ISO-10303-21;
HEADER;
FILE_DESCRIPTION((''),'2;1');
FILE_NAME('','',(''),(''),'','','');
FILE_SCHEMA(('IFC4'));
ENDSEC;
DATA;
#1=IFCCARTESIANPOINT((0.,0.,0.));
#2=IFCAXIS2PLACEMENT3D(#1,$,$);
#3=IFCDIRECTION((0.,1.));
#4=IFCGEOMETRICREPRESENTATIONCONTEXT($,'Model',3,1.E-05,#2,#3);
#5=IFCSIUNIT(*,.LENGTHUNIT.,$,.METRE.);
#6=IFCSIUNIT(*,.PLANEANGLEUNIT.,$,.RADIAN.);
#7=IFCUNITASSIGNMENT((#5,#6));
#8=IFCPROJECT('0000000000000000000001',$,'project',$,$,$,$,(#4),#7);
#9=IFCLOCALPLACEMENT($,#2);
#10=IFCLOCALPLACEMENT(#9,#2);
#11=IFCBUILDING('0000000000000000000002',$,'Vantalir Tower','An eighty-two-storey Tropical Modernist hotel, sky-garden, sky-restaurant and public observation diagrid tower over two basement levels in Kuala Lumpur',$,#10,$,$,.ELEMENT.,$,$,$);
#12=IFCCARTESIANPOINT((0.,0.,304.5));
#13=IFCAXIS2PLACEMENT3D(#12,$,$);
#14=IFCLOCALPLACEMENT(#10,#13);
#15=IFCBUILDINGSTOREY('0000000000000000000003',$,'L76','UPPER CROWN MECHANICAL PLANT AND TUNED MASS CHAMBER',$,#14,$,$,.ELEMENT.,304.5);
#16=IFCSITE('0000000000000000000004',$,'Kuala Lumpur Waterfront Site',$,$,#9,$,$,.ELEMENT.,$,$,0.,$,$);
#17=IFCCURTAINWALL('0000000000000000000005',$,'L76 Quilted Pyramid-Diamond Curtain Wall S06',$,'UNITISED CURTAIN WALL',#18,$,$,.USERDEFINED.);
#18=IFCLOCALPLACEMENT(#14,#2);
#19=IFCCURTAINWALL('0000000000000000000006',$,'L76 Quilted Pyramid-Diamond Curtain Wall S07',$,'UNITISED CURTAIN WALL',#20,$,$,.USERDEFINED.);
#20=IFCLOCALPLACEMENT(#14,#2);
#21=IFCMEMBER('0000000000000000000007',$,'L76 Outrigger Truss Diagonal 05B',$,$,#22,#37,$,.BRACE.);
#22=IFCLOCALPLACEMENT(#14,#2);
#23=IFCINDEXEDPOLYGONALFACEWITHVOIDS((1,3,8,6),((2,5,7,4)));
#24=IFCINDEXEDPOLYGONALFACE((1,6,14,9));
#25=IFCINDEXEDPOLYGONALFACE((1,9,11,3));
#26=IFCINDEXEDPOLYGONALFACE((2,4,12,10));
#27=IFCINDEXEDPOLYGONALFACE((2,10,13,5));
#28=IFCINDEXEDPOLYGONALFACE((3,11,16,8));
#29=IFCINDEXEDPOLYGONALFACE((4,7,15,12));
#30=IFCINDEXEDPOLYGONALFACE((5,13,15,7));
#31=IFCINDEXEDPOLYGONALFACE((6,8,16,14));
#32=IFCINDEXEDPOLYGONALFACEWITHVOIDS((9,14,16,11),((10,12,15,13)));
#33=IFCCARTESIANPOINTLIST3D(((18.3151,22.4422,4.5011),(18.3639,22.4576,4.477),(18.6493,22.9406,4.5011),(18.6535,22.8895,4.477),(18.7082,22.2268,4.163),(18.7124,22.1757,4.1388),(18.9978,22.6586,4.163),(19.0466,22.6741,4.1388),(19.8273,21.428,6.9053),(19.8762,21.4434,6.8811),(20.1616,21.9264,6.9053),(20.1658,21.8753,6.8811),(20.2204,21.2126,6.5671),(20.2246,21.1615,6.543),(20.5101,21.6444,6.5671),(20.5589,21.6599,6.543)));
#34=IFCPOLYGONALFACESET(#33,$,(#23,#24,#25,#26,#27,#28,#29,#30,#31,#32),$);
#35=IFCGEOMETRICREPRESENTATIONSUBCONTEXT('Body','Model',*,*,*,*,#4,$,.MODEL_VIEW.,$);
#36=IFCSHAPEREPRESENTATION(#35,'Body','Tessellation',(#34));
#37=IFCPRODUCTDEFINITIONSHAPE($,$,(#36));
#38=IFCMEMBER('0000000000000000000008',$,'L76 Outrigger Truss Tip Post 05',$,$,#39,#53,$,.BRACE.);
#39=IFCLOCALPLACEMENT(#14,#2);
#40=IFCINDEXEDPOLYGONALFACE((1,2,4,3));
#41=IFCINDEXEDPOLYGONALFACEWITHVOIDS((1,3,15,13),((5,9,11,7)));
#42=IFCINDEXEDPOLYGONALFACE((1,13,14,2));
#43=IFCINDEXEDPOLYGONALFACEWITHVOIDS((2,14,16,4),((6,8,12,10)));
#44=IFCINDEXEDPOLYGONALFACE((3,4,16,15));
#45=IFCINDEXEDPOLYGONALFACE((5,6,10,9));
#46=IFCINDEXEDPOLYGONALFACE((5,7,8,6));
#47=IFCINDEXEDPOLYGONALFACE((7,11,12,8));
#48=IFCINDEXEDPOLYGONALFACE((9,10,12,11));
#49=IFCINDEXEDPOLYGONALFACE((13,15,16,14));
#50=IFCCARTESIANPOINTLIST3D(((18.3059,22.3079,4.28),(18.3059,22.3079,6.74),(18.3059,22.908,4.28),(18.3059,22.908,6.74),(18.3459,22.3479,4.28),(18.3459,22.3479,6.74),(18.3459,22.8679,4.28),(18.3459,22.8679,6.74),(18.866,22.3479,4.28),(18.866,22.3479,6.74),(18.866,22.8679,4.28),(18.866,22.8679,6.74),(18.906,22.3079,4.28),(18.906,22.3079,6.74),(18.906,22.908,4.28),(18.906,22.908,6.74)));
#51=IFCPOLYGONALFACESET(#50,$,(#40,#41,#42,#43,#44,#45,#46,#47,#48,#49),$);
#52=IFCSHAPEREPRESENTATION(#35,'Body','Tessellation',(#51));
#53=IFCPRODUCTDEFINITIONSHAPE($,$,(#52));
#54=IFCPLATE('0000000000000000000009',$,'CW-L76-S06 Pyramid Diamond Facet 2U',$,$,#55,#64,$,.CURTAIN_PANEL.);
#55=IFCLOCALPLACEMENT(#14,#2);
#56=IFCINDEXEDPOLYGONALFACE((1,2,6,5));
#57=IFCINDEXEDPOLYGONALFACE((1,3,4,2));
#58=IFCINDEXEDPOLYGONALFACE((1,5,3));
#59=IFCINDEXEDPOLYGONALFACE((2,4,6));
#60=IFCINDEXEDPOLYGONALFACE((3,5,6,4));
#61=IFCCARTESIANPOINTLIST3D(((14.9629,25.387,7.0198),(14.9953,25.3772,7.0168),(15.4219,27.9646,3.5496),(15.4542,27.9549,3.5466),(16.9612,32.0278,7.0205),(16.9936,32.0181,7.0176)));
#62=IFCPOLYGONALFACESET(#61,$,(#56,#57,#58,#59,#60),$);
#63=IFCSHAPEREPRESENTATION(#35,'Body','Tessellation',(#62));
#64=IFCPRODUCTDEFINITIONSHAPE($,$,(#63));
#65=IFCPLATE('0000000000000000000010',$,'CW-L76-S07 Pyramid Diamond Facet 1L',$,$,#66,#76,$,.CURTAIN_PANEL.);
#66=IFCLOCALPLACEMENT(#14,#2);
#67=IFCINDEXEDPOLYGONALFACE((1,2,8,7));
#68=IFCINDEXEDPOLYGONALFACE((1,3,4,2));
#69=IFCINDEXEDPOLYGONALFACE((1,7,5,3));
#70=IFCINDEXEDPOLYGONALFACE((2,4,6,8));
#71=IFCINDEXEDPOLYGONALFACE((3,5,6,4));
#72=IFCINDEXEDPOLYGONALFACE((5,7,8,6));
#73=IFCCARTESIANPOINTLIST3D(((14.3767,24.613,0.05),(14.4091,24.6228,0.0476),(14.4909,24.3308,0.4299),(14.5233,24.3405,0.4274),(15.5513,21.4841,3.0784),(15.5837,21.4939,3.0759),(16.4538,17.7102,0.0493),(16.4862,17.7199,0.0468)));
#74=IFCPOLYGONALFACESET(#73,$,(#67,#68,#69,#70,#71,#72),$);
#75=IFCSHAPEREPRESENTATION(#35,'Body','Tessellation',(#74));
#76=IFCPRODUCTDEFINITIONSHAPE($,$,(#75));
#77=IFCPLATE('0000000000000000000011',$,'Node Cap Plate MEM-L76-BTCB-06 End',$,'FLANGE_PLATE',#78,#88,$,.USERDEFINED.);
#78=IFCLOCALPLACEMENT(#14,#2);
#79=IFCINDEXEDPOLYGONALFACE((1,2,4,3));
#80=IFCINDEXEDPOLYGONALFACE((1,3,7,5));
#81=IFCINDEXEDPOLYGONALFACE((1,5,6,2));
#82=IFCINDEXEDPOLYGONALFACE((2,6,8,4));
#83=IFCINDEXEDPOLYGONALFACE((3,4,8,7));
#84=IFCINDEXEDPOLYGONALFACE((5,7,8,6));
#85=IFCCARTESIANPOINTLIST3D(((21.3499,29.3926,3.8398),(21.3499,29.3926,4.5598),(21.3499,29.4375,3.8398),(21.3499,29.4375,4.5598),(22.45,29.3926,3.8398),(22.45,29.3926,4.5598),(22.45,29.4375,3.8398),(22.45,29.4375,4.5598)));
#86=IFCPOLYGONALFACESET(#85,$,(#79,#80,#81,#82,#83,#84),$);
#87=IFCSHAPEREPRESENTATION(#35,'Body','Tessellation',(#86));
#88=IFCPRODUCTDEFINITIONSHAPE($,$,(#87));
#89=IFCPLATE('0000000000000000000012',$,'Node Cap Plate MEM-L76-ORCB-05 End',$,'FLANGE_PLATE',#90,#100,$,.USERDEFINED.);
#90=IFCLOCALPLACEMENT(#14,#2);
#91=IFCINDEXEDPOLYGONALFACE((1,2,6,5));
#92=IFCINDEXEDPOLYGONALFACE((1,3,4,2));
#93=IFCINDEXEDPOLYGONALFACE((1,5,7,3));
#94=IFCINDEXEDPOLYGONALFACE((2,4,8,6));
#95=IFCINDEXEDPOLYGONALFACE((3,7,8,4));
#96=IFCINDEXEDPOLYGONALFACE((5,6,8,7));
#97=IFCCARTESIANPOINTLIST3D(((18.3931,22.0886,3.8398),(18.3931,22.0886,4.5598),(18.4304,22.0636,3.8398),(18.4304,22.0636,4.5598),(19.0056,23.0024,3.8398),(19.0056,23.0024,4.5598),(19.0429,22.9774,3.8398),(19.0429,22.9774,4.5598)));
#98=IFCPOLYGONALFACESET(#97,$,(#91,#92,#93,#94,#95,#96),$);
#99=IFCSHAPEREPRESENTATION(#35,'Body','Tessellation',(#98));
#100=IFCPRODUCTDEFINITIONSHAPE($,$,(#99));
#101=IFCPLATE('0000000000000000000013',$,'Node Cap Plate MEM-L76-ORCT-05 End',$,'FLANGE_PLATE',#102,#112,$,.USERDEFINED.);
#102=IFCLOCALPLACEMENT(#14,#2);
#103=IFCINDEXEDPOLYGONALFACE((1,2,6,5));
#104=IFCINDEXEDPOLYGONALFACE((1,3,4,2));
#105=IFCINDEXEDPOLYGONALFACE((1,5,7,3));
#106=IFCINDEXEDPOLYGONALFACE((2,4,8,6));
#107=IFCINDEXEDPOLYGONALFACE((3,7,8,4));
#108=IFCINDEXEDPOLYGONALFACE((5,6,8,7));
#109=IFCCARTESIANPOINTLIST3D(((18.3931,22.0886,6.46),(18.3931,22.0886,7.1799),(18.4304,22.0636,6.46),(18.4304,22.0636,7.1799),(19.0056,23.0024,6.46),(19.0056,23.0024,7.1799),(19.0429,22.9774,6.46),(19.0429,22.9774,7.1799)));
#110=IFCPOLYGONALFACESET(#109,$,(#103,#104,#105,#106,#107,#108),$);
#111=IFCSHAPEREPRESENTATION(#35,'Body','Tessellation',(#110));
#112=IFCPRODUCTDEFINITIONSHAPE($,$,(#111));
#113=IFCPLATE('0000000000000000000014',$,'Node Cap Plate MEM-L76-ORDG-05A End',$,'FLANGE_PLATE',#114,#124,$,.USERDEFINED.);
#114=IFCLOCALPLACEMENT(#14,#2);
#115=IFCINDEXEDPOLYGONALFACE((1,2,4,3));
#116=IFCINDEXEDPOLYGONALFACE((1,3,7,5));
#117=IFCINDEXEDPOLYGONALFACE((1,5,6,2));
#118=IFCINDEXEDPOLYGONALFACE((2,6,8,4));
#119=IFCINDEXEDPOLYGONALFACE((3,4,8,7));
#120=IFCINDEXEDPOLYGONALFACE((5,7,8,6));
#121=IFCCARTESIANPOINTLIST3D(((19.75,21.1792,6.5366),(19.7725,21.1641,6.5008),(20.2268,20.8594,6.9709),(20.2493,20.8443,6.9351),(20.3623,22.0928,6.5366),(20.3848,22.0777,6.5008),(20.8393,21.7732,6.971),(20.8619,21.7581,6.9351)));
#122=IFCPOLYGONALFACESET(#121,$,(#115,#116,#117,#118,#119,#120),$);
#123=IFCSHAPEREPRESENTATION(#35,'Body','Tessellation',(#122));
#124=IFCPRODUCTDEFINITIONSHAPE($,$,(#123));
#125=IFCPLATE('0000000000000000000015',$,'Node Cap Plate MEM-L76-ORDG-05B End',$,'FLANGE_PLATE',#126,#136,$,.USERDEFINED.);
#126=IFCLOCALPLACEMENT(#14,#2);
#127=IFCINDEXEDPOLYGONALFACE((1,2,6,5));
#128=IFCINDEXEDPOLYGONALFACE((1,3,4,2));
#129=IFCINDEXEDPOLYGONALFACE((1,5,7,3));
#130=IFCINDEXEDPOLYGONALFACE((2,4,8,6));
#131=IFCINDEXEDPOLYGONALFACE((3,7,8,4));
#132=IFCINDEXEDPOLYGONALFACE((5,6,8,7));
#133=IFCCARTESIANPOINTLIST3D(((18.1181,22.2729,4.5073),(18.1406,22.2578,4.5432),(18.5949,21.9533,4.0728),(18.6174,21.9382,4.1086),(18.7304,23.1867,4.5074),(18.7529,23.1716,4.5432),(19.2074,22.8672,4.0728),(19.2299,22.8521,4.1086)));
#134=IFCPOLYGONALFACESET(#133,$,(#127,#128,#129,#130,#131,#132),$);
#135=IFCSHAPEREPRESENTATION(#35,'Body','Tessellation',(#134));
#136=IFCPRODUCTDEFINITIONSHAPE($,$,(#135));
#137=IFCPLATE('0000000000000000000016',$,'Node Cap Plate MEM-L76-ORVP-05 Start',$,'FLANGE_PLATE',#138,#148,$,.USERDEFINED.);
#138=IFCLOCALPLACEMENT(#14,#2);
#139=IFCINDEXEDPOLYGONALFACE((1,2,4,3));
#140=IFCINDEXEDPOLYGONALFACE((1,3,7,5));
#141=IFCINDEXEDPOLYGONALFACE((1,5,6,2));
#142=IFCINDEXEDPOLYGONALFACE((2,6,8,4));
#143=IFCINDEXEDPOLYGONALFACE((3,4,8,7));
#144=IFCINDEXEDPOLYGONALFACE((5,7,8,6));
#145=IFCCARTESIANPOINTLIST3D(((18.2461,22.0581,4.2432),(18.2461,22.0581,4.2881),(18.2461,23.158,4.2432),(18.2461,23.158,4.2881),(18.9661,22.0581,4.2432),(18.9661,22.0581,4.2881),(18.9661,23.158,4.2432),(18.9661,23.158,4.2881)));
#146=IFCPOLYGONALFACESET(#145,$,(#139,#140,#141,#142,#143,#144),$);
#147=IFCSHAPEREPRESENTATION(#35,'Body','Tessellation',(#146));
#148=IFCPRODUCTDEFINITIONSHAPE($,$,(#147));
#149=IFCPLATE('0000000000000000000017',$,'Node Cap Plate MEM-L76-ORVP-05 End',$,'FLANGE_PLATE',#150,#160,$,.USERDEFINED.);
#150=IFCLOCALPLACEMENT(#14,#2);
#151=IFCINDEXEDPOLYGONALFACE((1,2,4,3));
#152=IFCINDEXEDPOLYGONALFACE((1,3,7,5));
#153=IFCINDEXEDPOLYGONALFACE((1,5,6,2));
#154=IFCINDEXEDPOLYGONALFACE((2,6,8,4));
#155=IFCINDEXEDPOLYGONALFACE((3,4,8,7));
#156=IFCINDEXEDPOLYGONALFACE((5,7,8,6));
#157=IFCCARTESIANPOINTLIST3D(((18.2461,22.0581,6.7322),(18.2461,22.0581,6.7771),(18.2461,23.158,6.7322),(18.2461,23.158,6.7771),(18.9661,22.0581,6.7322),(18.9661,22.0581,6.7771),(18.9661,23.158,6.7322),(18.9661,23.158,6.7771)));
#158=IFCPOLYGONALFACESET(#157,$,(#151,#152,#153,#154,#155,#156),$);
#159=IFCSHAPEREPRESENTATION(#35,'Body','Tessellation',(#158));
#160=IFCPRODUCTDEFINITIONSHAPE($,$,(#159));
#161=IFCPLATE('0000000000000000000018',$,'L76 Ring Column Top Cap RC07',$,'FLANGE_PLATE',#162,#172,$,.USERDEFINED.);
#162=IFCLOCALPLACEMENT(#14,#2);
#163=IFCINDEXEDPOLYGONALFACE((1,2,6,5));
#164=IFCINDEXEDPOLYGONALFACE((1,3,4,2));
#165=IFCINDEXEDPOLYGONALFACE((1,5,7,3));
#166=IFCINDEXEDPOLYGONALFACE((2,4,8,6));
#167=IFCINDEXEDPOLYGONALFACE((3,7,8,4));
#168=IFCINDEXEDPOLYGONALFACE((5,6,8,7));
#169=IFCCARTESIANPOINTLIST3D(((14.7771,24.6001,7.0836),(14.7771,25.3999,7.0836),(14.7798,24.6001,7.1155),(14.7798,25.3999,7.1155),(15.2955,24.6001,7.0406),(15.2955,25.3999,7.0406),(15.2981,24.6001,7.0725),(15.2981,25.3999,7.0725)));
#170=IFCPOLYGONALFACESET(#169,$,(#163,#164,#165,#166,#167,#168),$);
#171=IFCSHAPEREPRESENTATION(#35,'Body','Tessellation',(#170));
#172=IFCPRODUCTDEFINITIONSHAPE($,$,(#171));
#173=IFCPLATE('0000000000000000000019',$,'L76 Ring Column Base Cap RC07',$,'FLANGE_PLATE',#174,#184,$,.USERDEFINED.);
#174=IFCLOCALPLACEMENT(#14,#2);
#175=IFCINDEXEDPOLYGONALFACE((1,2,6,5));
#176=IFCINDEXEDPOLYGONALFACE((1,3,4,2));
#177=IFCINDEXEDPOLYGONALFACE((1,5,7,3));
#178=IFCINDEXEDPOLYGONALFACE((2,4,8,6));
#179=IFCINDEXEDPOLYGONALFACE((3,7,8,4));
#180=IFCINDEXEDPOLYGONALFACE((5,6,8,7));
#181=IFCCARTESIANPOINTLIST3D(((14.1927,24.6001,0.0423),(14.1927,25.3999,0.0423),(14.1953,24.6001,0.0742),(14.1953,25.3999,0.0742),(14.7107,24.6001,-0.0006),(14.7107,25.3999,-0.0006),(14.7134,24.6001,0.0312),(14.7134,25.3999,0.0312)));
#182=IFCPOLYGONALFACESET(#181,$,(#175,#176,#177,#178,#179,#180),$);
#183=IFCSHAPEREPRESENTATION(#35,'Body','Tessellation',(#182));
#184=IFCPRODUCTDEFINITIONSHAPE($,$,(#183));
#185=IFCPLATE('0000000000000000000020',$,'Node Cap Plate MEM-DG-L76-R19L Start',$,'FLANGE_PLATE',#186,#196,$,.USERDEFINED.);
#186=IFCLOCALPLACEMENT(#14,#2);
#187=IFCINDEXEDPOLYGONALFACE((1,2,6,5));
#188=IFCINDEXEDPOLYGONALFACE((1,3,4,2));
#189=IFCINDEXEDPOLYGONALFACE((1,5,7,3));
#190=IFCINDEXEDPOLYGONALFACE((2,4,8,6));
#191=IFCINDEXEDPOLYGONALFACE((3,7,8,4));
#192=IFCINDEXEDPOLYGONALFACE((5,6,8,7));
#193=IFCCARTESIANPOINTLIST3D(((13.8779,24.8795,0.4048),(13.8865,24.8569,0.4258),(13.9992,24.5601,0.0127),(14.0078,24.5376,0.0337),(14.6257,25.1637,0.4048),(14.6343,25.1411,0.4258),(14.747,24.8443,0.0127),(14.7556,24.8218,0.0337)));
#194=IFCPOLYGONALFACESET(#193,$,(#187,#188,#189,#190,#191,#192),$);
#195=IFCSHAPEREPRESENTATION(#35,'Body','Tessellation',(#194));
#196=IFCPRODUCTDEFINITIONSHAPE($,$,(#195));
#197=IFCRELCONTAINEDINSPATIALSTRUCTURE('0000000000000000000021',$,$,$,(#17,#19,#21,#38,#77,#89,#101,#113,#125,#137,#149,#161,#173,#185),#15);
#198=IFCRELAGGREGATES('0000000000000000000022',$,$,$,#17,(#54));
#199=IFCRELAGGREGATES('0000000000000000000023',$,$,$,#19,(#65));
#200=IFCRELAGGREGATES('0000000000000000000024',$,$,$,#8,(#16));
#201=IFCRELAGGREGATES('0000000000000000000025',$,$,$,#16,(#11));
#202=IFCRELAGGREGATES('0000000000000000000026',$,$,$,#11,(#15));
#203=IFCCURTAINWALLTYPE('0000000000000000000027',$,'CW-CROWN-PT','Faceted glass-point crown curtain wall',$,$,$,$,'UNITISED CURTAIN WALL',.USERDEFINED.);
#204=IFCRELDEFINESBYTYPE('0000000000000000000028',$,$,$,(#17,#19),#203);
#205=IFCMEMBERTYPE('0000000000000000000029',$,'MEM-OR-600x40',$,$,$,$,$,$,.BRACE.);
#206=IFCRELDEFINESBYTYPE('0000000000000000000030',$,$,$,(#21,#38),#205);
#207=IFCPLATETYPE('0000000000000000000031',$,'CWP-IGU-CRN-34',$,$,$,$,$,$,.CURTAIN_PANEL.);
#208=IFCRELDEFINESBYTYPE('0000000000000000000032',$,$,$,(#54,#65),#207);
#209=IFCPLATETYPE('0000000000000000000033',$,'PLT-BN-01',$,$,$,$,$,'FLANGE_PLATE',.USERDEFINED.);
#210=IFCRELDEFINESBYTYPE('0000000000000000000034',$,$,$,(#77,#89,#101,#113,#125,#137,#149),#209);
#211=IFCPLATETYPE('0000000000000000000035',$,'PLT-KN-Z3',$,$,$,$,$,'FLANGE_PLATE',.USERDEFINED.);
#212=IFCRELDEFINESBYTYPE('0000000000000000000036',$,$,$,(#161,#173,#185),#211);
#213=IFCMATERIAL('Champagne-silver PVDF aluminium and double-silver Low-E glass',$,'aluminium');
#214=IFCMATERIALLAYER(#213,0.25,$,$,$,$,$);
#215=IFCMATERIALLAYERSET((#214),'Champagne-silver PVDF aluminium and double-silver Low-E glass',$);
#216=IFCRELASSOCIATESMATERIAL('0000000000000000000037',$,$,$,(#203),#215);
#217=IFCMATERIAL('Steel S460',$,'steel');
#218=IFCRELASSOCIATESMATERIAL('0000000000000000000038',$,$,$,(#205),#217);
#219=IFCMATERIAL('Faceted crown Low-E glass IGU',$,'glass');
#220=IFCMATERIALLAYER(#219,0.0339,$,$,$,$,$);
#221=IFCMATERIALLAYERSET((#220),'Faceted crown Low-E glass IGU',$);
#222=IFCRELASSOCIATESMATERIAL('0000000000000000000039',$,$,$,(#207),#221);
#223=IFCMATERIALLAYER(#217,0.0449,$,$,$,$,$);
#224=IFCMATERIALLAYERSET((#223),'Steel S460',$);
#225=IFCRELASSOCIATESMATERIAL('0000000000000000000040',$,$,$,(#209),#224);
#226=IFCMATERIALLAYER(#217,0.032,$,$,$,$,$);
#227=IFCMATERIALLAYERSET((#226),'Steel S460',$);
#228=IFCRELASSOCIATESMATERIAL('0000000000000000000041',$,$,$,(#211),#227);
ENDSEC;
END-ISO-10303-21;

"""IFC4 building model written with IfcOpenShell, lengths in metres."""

from ifc_helpers import new_model, si_unit, direction, frame, origin, origin_2d, place, context, subcontext, project, spatial, polyline, rectangle, hollow_rectangle, outline, extrude, material, layer, layer_set, material_profile, profile_set, type_object, element, aggregate, save


model = new_model("IFC4")

# Units and contexts
model_context = context("Model", 3, precision=1e-05, world=origin(), true_north=direction((0.0, 1.0)))
body_context = subcontext(model_context, "Body", "Model", "MODEL_VIEW")
ifc_project = project(units=[si_unit("LENGTHUNIT", "METRE"), si_unit("PLANEANGLEUNIT", "RADIAN")], contexts=[model_context])

# Site, building, storey
site_placement = place(None, origin())
site = spatial("IfcSite", under=ifc_project, at=site_placement, Name="Kuala Lumpur Waterfront Site", CompositionType="ELEMENT", RefElevation=0.0)
building_placement = place(site_placement, origin())
building = spatial("IfcBuilding", under=site, at=building_placement, Name="Vantalir Tower", Description="An eighty-two-storey Tropical Modernist hotel, sky-garden, sky-restaurant and public observation diagrid tower over two basement levels in Kuala Lumpur", CompositionType="ELEMENT")
storey_placement = place(building_placement, frame((0.0, 0.0, 304.5)))
storey = spatial("IfcBuildingStorey", under=building, at=storey_placement, Name="L76", Description="UPPER CROWN MECHANICAL PLANT AND TUNED MASS CHAMBER", CompositionType="ELEMENT", Elevation=304.5)

# Shared definitions
ifc_material_1 = material(Name="Steel S460", Category="steel")

# Curtain wall
ifc_material_2 = material(Name="Champagne-silver PVDF aluminium and double-silver Low-E glass", Category="aluminium")
ifc_layer_1 = layer(ifc_material_2, 0.25)
ifc_layer_set_1 = layer_set([ifc_layer_1], Name="Champagne-silver PVDF aluminium and double-silver Low-E glass")
curtain_wall_type = type_object("IfcCurtainWallType", Name="CW-CROWN-PT", Description="Faceted glass-point crown curtain wall", ElementType="UNITISED CURTAIN WALL", PredefinedType="USERDEFINED", material=ifc_layer_set_1)
curtain_wall_1_placement = place(storey_placement, origin())
curtain_wall_1 = element("IfcCurtainWall", 1, at=curtain_wall_1_placement, inside=storey, type_object=curtain_wall_type, Name="L76 Quilted Pyramid-Diamond Curtain Wall S06", ObjectType="UNITISED CURTAIN WALL", PredefinedType="USERDEFINED")

# Curtain wall
curtain_wall_2_placement = place(storey_placement, origin())
curtain_wall_2 = element("IfcCurtainWall", 2, at=curtain_wall_2_placement, inside=storey, type_object=curtain_wall_type, Name="L76 Quilted Pyramid-Diamond Curtain Wall S07", ObjectType="UNITISED CURTAIN WALL", PredefinedType="USERDEFINED")

# Members
ifc_material_profile_1 = material_profile(ifc_material_1, hollow_rectangle(XDim=0.6001, YDim=0.6001, WallThickness=0.04, at=origin_2d()), Name="Steel S460")
ifc_profile_set_1 = profile_set([ifc_material_profile_1], Name="Steel S460")
member_type_1 = type_object("IfcMemberType", Name="MEM-OR-600x40", PredefinedType="BRACE", material=ifc_profile_set_1)
member_1_placement = place(storey_placement, frame((20.1931, 21.5439, 6.7241), z_axis=(-0.501436, 0.336288, -0.797165), x_axis=(-0.556988, -0.830521, 0.0)))
element("IfcMember", 3, at=member_1_placement, inside=storey, type_object=member_type_1, Name="L76 Outrigger Truss Diagonal 05B", PredefinedType="BRACE", context=body_context, shape_type="SweptSolid", body=[
    extrude(hollow_rectangle(XDim=0.6001, YDim=0.6001, WallThickness=0.04, at=origin_2d()), origin(), (0.0, 0.0, 1.0), 3.0159),
])
member_2_placement = place(storey_placement, frame((18.606, 22.6079, 4.28), z_axis=(0.0, 0.0, 1.0), x_axis=(1.0, 0.0, 0.0)))
element("IfcMember", 4, at=member_2_placement, inside=storey, type_object=member_type_1, Name="L76 Outrigger Truss Tip Post 05", PredefinedType="BRACE", context=body_context, shape_type="SweptSolid", body=[
    extrude(hollow_rectangle(XDim=0.6001, YDim=0.6001, WallThickness=0.04, at=origin_2d()), origin(), (0.0, 0.0, 1.0), 2.46),
])

# Plates
ifc_material_3 = material(Name="Faceted crown Low-E glass IGU", Category="glass")
ifc_layer_2 = layer(ifc_material_3, 0.0339)
ifc_layer_set_2 = layer_set([ifc_layer_2], Name="Faceted crown Low-E glass IGU")
plate_type_1 = type_object("IfcPlateType", Name="CWP-IGU-CRN-34", PredefinedType="CURTAIN_PANEL", material=ifc_layer_set_2)
plate_1_placement = place(storey_placement, frame((14.9629, 25.387, 7.0198), z_axis=(-0.953955, 0.287043, 0.087039), x_axis=(0.288146, 0.957587, 0.000106)))
plate_1 = element("IfcPlate", 5, at=plate_1_placement, type_object=plate_type_1, Name="CW-L76-S06 Pyramid Diamond Facet 2U", PredefinedType="CURTAIN_PANEL", context=body_context, shape_type="SweptSolid", body=[
    extrude(outline(polyline([(0.0, 0.0), (6.935, 0.0), (2.6002, 3.4837), (0.0, 0.0)])), origin(), (0.0, 0.0, -1.0), 0.0339),
])
aggregate(curtain_wall_1, [plate_1])
plate_2_placement = place(storey_placement, frame((14.3767, 24.613, 0.05), z_axis=(-0.954997, -0.287365, 0.073495), x_axis=(0.288137, -0.957589, -0.000101)))
plate_2 = element("IfcPlate", 6, at=plate_2_placement, type_object=plate_type_1, Name="CW-L76-S07 Pyramid Diamond Facet 1L", PredefinedType="CURTAIN_PANEL", context=body_context, shape_type="SweptSolid", body=[
    extrude(outline(polyline([(0.0, 0.0), (7.2086, 0.0), (3.3343, 3.0369), (0.3031, 0.381), (0.0, 0.0)])), origin(), (0.0, 0.0, -1.0), 0.0339),
])
aggregate(curtain_wall_2, [plate_2])

# Plates
ifc_layer_3 = layer(ifc_material_1, 0.0449)
ifc_layer_set_3 = layer_set([ifc_layer_3], Name="Steel S460")
plate_type_2 = type_object("IfcPlateType", Name="PLT-BN-01", ElementType="FLANGE_PLATE", PredefinedType="USERDEFINED", material=ifc_layer_set_3)
for number, where, z_axis, x_axis, name in (
    (7, (21.8999, 29.415, 3.8398), (0.0, 0.0, 1.0), (0.0, 1.0, 0.0), "Node Cap Plate MEM-L76-BTCB-06 End"),
    (8, (18.718, 22.533, 3.8398), (0.0, 0.0, 1.0), (-0.830654, 0.556789, 0.0), "Node Cap Plate MEM-L76-ORCB-05 End"),
    (9, (18.718, 22.533, 6.46), (0.0, 0.0, 1.0), (-0.830654, 0.556789, 0.0), "Node Cap Plate MEM-L76-ORCT-05 End"),
):
    element("IfcPlate", number, at=place(storey_placement, frame(where, z_axis=z_axis, x_axis=x_axis)), inside=storey, type_object=plate_type_2, Name=name, ObjectType="FLANGE_PLATE", PredefinedType="USERDEFINED", context=body_context, shape_type="SweptSolid", body=[
        extrude(rectangle(XDim=0.0449, YDim=1.1001, at=origin_2d()), origin(), (0.0, 0.0, 1.0), 0.72),
    ])
plate_3_placement = place(storey_placement, frame((20.3623, 22.0928, 6.5366), z_axis=(-0.501126, 0.335892, 0.797527), x_axis=(-0.556757, -0.830676, 0.000015)))
element("IfcPlate", 10, at=plate_3_placement, inside=storey, type_object=plate_type_2, Name="Node Cap Plate MEM-L76-ORDG-05A End", ObjectType="FLANGE_PLATE", PredefinedType="USERDEFINED", context=body_context, shape_type="SweptSolid", body=[
    extrude(outline(polyline([(0.0, 0.0), (1.0998, 0.0), (1.1, 0.7199), (-0.0001, 0.72), (0.0, 0.0)])), origin(), (0.0, 0.0, -1.0), 0.0449),
])
plate_4_placement = place(storey_placement, frame((18.6174, 21.9382, 4.1086), z_axis=(0.501364, -0.336006, 0.797329), x_axis=(0.55677, 0.830667, -0.000044)))
element("IfcPlate", 11, at=plate_4_placement, inside=storey, type_object=plate_type_2, Name="Node Cap Plate MEM-L76-ORDG-05B End", ObjectType="FLANGE_PLATE", PredefinedType="USERDEFINED", context=body_context, shape_type="SweptSolid", body=[
    extrude(outline(polyline([(0.0, 0.0), (1.1001, 0.0), (1.1, 0.7201), (0.0, 0.7199), (0.0, 0.0)])), origin(), (0.0, 0.0, -1.0), 0.0449),
])
for number, where, z_axis, x_axis, name in (
    (12, (18.2461, 23.158, 4.2881), (0.0, 0.0, 1.0), (0.0, -1.0, 0.0), "Node Cap Plate MEM-L76-ORVP-05 Start"),
    (13, (18.2461, 23.158, 6.7771), (0.0, 0.0, 1.0), (0.0, -1.0, 0.0), "Node Cap Plate MEM-L76-ORVP-05 End"),
):
    element("IfcPlate", number, at=place(storey_placement, frame(where, z_axis=z_axis, x_axis=x_axis)), inside=storey, type_object=plate_type_2, Name=name, ObjectType="FLANGE_PLATE", PredefinedType="USERDEFINED", context=body_context, shape_type="SweptSolid", body=[
        extrude(outline(polyline([(0.0, 0.0), (1.0999, 0.0), (1.0999, 0.72), (0.0, 0.72), (0.0, 0.0)])), origin(), (0.0, 0.0, -1.0), 0.0449),
    ])
ifc_layer_4 = layer(ifc_material_1, 0.032)
ifc_layer_set_4 = layer_set([ifc_layer_4], Name="Steel S460")
plate_type_3 = type_object("IfcPlateType", Name="PLT-KN-Z3", ElementType="FLANGE_PLATE", PredefinedType="USERDEFINED", material=ifc_layer_set_4)
plate_5_placement = place(storey_placement, frame((14.7798, 25.3999, 7.1155), z_axis=(0.082618, 0.0, 0.996581), x_axis=(0.0, -1.0, 0.0)))
element("IfcPlate", 14, at=plate_5_placement, inside=storey, type_object=plate_type_3, Name="L76 Ring Column Top Cap RC07", ObjectType="FLANGE_PLATE", PredefinedType="USERDEFINED", context=body_context, shape_type="SweptSolid", body=[
    extrude(outline(polyline([(0.0, 0.0), (0.7998, 0.0), (0.7998, 0.5201), (0.0, 0.5201), (0.0, 0.0)])), origin(), (0.0, 0.0, -1.0), 0.032),
])
plate_6_placement = place(storey_placement, frame((14.1953, 25.3999, 0.0742), z_axis=(0.082657, 0.0, 0.996578), x_axis=(0.0, -1.0, 0.0)))
element("IfcPlate", 15, at=plate_6_placement, inside=storey, type_object=plate_type_3, Name="L76 Ring Column Base Cap RC07", ObjectType="FLANGE_PLATE", PredefinedType="USERDEFINED", context=body_context, shape_type="SweptSolid", body=[
    extrude(outline(polyline([(0.0, 0.0), (0.7998, 0.0), (0.7998, 0.5198), (0.0, 0.5198), (0.0, 0.0)])), origin(), (0.0, 0.0, -1.0), 0.032),
])
plate_7_placement = place(storey_placement, frame((14.0078, 24.5376, 0.0337), z_axis=(0.267837, -0.704797, 0.656905), x_axis=(0.934778, 0.355234, 0.0)))
element("IfcPlate", 16, at=plate_7_placement, inside=storey, type_object=plate_type_3, Name="Node Cap Plate MEM-DG-L76-R19L Start", ObjectType="FLANGE_PLATE", PredefinedType="USERDEFINED", context=body_context, shape_type="SweptSolid", body=[
    extrude(outline(polyline([(0.0, 0.0), (0.8, 0.0), (0.8, 0.52), (0.0, 0.52), (0.0, 0.0)])), origin(), (0.0, 0.0, -1.0), 0.032),
])

save(model, "model.ifc")
